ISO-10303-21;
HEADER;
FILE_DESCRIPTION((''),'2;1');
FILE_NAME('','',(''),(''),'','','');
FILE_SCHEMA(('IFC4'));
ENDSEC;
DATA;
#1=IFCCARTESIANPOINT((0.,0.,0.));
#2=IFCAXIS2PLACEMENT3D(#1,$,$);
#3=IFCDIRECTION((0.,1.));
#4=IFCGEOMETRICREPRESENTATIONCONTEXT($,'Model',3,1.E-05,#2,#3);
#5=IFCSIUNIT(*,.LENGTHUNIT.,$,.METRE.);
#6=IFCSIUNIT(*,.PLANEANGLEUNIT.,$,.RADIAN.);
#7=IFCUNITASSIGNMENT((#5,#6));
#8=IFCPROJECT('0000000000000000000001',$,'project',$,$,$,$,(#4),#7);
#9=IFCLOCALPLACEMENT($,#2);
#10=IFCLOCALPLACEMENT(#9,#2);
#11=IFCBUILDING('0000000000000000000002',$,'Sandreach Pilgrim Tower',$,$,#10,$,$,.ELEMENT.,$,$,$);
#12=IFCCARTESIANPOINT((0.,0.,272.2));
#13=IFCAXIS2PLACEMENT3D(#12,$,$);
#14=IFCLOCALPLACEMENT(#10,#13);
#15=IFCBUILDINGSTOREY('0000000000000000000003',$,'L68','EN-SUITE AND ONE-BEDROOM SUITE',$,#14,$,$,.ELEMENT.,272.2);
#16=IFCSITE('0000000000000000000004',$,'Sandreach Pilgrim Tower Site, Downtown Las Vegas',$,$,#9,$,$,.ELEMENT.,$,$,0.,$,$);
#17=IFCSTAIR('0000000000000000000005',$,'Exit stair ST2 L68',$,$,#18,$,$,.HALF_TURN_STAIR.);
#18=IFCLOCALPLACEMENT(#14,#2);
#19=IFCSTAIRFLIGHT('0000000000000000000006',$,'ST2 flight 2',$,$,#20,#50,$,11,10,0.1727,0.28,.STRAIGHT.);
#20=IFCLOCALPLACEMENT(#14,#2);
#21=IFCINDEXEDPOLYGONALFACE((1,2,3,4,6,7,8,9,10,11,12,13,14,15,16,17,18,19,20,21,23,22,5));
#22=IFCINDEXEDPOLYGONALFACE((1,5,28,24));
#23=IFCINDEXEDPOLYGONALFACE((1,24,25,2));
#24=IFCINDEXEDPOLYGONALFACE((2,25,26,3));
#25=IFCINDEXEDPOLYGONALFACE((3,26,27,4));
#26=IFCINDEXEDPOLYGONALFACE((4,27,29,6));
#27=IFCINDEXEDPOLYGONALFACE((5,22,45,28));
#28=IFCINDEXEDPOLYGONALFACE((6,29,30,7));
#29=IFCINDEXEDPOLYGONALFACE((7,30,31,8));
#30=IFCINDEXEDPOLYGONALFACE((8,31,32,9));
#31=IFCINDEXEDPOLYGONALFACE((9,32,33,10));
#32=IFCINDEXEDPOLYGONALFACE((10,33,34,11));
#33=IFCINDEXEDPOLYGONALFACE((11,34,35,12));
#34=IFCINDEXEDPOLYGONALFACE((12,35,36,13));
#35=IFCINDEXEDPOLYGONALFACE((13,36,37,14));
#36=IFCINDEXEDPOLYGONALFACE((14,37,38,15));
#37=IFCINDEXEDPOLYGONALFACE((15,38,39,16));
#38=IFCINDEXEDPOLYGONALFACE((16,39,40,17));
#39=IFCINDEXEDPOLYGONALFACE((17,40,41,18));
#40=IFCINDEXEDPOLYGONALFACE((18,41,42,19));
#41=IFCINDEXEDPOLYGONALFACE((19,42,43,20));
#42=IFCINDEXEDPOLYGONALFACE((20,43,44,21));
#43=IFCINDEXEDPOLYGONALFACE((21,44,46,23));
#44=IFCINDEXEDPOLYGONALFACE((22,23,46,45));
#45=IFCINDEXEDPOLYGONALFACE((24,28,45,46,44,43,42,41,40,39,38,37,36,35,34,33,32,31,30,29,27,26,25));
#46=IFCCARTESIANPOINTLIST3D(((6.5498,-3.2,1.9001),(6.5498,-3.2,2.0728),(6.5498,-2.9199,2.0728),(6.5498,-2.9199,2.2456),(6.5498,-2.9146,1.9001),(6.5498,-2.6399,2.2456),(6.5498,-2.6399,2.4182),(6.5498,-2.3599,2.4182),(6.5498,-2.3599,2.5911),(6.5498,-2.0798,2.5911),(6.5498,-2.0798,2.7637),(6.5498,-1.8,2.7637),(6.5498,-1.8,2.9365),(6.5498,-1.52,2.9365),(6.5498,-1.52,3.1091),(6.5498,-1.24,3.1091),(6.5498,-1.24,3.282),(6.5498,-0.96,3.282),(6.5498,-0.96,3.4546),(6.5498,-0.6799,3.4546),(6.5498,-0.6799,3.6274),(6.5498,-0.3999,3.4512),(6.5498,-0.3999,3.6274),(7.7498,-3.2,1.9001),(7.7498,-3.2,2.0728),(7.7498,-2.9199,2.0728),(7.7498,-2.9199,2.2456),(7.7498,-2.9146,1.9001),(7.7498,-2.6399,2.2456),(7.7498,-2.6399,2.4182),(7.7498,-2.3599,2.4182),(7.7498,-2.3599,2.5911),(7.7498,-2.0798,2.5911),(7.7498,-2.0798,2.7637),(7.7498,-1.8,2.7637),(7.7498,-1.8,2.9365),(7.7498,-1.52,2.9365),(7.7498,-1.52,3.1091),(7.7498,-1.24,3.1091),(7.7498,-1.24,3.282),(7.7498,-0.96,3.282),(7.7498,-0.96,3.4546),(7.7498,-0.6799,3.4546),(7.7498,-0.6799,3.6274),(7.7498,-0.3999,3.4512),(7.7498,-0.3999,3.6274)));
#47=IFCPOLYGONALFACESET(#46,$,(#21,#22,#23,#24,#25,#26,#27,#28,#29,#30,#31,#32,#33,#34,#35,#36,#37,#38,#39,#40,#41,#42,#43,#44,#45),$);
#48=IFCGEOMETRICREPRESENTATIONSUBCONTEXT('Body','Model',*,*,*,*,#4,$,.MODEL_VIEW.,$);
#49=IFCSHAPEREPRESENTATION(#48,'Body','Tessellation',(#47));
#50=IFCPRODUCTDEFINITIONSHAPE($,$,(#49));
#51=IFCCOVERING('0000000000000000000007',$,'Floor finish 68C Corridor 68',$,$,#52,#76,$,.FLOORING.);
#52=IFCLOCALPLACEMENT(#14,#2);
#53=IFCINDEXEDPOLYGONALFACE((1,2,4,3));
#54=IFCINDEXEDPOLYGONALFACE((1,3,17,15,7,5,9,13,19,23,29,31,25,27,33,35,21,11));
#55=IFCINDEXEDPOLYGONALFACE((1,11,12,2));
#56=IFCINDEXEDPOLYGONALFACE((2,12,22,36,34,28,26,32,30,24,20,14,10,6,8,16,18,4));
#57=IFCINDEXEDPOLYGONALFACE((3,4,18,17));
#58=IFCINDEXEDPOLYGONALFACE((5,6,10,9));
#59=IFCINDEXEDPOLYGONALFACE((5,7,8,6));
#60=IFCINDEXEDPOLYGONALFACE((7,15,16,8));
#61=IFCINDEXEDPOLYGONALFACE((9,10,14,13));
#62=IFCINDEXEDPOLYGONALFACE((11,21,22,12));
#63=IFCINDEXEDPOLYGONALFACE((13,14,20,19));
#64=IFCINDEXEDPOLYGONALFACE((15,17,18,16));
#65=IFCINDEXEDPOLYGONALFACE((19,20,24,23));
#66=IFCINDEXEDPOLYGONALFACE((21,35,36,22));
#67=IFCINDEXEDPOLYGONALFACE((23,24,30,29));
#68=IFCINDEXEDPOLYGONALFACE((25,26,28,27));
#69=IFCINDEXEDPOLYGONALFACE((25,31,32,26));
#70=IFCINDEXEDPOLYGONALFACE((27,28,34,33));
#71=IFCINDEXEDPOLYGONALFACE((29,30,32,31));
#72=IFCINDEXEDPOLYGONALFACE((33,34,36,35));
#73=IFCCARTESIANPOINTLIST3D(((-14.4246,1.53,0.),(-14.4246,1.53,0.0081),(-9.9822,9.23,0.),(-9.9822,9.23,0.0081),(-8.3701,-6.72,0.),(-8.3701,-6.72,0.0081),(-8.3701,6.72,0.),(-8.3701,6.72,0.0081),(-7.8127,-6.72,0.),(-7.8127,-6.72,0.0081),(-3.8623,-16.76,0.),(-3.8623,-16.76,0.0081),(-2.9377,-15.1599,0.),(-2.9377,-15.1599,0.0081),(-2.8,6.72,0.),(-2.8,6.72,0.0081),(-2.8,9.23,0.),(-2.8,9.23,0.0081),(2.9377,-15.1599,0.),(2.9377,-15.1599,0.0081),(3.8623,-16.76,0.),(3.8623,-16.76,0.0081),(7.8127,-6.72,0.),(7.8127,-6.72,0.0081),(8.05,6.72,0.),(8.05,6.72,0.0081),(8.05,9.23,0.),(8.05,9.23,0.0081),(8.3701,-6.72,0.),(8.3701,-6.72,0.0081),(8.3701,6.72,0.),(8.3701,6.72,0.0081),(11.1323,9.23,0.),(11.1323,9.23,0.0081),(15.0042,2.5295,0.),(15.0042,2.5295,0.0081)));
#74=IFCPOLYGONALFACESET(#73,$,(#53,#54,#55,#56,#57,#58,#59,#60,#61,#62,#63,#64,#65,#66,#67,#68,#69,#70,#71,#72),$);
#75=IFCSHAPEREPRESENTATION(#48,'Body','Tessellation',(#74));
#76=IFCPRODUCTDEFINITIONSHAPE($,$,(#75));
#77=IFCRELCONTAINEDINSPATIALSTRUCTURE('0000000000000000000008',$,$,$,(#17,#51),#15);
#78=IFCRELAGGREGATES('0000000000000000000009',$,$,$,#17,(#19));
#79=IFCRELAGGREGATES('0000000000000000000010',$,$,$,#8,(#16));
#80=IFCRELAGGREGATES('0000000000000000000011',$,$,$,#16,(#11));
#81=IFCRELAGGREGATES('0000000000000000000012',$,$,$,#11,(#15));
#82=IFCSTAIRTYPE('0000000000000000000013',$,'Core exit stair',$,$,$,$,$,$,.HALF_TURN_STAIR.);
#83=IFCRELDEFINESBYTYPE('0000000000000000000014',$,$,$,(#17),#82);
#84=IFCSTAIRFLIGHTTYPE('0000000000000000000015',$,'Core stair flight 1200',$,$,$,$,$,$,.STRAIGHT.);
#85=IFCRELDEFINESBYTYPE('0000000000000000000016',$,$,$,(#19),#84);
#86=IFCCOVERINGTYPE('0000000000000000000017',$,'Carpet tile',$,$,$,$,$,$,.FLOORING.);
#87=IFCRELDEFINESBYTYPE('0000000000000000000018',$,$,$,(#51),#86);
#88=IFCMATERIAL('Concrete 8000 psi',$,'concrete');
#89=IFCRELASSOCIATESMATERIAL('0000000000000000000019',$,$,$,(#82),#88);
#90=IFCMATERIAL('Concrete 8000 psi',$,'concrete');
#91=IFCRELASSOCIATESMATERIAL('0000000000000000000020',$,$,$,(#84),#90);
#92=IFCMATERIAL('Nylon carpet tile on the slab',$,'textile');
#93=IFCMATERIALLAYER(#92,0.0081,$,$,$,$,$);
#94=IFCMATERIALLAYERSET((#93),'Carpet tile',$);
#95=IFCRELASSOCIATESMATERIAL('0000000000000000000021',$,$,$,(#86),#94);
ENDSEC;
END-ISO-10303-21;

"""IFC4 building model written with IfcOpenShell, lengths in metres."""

from ifc_helpers import new_model, si_unit, direction, frame, origin, place, context, subcontext, project, spatial, polyline, outline, extrude, material, layer, layer_set, type_object, element, aggregate, save


model = new_model("IFC4")

# Units and contexts
model_context = context("Model", 3, precision=1e-05, world=origin(), true_north=direction((0.0, 1.0)))
body_context = subcontext(model_context, "Body", "Model", "MODEL_VIEW")
ifc_project = project(units=[si_unit("LENGTHUNIT", "METRE"), si_unit("PLANEANGLEUNIT", "RADIAN")], contexts=[model_context])

# Site, building, storey
site_placement = place(None, origin())
site = spatial("IfcSite", under=ifc_project, at=site_placement, Name="Sandreach Pilgrim Tower Site, Downtown Las Vegas", CompositionType="ELEMENT", RefElevation=0.0)
building_placement = place(site_placement, origin())
building = spatial("IfcBuilding", under=site, at=building_placement, Name="Sandreach Pilgrim Tower", CompositionType="ELEMENT")
storey_placement = place(building_placement, frame((0.0, 0.0, 272.2)))
storey = spatial("IfcBuildingStorey", under=building, at=storey_placement, Name="L68", Description="EN-SUITE AND ONE-BEDROOM SUITE", CompositionType="ELEMENT", Elevation=272.2)

# Stair
ifc_material_1 = material(Name="Concrete 8000 psi", Category="concrete")
stair_type = type_object("IfcStairType", Name="Core exit stair", PredefinedType="HALF_TURN_STAIR", material=ifc_material_1)
stair_1_placement = place(storey_placement, origin())
stair_1 = element("IfcStair", 1, at=stair_1_placement, inside=storey, type_object=stair_type, Name="Exit stair ST2 L68", PredefinedType="HALF_TURN_STAIR")

# Stair flight
ifc_material_2 = material(Name="Concrete 8000 psi", Category="concrete")
stair_flight_type = type_object("IfcStairFlightType", Name="Core stair flight 1200", PredefinedType="STRAIGHT", material=ifc_material_2)
stair_flight_1_placement = place(storey_placement, frame((7.1499, -3.2, 1.9001), z_axis=(0.0, 0.0, 1.0), x_axis=(0.0, 1.0, 0.0)))
stair_flight_1 = element("IfcStairFlight", 2, at=stair_flight_1_placement, type_object=stair_flight_type, Name="ST2 flight 2", NumberOfRisers=11, NumberOfTreads=10, PredefinedType="STRAIGHT", RiserHeight=0.1727, TreadLength=0.28, context=body_context, shape_type="SweptSolid", body=[
    extrude(outline(polyline([(0.0, 0.0), (0.0, 0.1726), (0.28, 0.1726), (0.28, 0.3455), (0.5601, 0.3455), (0.5601, 0.5181), (0.8401, 0.5181), (0.8401, 0.6909), (1.1201, 0.6909), (1.1201, 0.8635), (1.3999, 0.8635), (1.3999, 1.0364), (1.6799, 1.0364), (1.6799, 1.209), (1.96, 1.209), (1.96, 1.3818), (2.24, 1.3818), (2.24, 1.5544), (2.52, 1.5544), (2.52, 1.7273), (2.8, 1.7273), (2.8, 1.8999), (2.8, 1.551), (0.2854, 0.0), (0.0, 0.0)])), frame((0.0, 0.6001, 0.0), z_axis=(0.0, -1.0, 0.0), x_axis=(1.0, 0.0, 0.0)), (0.0, 0.0, 1.0), 1.2),
])
aggregate(stair_1, [stair_flight_1])

# Covering
ifc_material_3 = material(Name="Nylon carpet tile on the slab", Category="textile")
ifc_layer_1 = layer(ifc_material_3, 0.0081)
ifc_layer_set_1 = layer_set([ifc_layer_1], Name="Carpet tile")
covering_type = type_object("IfcCoveringType", Name="Carpet tile", PredefinedType="FLOORING", material=ifc_layer_set_1)
covering_placement = place(storey_placement, origin())
element("IfcCovering", 3, at=covering_placement, inside=storey, type_object=covering_type, Name="Floor finish 68C Corridor 68", PredefinedType="FLOORING", context=body_context, shape_type="SweptSolid", body=[
    extrude(outline(polyline([(-14.4246, 1.53), (-9.9822, 9.23), (-2.8, 9.23), (-2.8, 6.72), (-8.3701, 6.72), (-8.3701, -6.72), (-7.8127, -6.72), (-2.9377, -15.1599), (2.9377, -15.1599), (7.8127, -6.72), (8.3701, -6.72), (8.3701, 6.72), (8.05, 6.72), (8.05, 9.23), (11.1323, 9.23), (15.0042, 2.5295), (3.8623, -16.76), (-3.8623, -16.76), (-14.4246, 1.53)])), origin(), (0.0, 0.0, 1.0), 0.0081),
])

save(model, "model.ifc")
